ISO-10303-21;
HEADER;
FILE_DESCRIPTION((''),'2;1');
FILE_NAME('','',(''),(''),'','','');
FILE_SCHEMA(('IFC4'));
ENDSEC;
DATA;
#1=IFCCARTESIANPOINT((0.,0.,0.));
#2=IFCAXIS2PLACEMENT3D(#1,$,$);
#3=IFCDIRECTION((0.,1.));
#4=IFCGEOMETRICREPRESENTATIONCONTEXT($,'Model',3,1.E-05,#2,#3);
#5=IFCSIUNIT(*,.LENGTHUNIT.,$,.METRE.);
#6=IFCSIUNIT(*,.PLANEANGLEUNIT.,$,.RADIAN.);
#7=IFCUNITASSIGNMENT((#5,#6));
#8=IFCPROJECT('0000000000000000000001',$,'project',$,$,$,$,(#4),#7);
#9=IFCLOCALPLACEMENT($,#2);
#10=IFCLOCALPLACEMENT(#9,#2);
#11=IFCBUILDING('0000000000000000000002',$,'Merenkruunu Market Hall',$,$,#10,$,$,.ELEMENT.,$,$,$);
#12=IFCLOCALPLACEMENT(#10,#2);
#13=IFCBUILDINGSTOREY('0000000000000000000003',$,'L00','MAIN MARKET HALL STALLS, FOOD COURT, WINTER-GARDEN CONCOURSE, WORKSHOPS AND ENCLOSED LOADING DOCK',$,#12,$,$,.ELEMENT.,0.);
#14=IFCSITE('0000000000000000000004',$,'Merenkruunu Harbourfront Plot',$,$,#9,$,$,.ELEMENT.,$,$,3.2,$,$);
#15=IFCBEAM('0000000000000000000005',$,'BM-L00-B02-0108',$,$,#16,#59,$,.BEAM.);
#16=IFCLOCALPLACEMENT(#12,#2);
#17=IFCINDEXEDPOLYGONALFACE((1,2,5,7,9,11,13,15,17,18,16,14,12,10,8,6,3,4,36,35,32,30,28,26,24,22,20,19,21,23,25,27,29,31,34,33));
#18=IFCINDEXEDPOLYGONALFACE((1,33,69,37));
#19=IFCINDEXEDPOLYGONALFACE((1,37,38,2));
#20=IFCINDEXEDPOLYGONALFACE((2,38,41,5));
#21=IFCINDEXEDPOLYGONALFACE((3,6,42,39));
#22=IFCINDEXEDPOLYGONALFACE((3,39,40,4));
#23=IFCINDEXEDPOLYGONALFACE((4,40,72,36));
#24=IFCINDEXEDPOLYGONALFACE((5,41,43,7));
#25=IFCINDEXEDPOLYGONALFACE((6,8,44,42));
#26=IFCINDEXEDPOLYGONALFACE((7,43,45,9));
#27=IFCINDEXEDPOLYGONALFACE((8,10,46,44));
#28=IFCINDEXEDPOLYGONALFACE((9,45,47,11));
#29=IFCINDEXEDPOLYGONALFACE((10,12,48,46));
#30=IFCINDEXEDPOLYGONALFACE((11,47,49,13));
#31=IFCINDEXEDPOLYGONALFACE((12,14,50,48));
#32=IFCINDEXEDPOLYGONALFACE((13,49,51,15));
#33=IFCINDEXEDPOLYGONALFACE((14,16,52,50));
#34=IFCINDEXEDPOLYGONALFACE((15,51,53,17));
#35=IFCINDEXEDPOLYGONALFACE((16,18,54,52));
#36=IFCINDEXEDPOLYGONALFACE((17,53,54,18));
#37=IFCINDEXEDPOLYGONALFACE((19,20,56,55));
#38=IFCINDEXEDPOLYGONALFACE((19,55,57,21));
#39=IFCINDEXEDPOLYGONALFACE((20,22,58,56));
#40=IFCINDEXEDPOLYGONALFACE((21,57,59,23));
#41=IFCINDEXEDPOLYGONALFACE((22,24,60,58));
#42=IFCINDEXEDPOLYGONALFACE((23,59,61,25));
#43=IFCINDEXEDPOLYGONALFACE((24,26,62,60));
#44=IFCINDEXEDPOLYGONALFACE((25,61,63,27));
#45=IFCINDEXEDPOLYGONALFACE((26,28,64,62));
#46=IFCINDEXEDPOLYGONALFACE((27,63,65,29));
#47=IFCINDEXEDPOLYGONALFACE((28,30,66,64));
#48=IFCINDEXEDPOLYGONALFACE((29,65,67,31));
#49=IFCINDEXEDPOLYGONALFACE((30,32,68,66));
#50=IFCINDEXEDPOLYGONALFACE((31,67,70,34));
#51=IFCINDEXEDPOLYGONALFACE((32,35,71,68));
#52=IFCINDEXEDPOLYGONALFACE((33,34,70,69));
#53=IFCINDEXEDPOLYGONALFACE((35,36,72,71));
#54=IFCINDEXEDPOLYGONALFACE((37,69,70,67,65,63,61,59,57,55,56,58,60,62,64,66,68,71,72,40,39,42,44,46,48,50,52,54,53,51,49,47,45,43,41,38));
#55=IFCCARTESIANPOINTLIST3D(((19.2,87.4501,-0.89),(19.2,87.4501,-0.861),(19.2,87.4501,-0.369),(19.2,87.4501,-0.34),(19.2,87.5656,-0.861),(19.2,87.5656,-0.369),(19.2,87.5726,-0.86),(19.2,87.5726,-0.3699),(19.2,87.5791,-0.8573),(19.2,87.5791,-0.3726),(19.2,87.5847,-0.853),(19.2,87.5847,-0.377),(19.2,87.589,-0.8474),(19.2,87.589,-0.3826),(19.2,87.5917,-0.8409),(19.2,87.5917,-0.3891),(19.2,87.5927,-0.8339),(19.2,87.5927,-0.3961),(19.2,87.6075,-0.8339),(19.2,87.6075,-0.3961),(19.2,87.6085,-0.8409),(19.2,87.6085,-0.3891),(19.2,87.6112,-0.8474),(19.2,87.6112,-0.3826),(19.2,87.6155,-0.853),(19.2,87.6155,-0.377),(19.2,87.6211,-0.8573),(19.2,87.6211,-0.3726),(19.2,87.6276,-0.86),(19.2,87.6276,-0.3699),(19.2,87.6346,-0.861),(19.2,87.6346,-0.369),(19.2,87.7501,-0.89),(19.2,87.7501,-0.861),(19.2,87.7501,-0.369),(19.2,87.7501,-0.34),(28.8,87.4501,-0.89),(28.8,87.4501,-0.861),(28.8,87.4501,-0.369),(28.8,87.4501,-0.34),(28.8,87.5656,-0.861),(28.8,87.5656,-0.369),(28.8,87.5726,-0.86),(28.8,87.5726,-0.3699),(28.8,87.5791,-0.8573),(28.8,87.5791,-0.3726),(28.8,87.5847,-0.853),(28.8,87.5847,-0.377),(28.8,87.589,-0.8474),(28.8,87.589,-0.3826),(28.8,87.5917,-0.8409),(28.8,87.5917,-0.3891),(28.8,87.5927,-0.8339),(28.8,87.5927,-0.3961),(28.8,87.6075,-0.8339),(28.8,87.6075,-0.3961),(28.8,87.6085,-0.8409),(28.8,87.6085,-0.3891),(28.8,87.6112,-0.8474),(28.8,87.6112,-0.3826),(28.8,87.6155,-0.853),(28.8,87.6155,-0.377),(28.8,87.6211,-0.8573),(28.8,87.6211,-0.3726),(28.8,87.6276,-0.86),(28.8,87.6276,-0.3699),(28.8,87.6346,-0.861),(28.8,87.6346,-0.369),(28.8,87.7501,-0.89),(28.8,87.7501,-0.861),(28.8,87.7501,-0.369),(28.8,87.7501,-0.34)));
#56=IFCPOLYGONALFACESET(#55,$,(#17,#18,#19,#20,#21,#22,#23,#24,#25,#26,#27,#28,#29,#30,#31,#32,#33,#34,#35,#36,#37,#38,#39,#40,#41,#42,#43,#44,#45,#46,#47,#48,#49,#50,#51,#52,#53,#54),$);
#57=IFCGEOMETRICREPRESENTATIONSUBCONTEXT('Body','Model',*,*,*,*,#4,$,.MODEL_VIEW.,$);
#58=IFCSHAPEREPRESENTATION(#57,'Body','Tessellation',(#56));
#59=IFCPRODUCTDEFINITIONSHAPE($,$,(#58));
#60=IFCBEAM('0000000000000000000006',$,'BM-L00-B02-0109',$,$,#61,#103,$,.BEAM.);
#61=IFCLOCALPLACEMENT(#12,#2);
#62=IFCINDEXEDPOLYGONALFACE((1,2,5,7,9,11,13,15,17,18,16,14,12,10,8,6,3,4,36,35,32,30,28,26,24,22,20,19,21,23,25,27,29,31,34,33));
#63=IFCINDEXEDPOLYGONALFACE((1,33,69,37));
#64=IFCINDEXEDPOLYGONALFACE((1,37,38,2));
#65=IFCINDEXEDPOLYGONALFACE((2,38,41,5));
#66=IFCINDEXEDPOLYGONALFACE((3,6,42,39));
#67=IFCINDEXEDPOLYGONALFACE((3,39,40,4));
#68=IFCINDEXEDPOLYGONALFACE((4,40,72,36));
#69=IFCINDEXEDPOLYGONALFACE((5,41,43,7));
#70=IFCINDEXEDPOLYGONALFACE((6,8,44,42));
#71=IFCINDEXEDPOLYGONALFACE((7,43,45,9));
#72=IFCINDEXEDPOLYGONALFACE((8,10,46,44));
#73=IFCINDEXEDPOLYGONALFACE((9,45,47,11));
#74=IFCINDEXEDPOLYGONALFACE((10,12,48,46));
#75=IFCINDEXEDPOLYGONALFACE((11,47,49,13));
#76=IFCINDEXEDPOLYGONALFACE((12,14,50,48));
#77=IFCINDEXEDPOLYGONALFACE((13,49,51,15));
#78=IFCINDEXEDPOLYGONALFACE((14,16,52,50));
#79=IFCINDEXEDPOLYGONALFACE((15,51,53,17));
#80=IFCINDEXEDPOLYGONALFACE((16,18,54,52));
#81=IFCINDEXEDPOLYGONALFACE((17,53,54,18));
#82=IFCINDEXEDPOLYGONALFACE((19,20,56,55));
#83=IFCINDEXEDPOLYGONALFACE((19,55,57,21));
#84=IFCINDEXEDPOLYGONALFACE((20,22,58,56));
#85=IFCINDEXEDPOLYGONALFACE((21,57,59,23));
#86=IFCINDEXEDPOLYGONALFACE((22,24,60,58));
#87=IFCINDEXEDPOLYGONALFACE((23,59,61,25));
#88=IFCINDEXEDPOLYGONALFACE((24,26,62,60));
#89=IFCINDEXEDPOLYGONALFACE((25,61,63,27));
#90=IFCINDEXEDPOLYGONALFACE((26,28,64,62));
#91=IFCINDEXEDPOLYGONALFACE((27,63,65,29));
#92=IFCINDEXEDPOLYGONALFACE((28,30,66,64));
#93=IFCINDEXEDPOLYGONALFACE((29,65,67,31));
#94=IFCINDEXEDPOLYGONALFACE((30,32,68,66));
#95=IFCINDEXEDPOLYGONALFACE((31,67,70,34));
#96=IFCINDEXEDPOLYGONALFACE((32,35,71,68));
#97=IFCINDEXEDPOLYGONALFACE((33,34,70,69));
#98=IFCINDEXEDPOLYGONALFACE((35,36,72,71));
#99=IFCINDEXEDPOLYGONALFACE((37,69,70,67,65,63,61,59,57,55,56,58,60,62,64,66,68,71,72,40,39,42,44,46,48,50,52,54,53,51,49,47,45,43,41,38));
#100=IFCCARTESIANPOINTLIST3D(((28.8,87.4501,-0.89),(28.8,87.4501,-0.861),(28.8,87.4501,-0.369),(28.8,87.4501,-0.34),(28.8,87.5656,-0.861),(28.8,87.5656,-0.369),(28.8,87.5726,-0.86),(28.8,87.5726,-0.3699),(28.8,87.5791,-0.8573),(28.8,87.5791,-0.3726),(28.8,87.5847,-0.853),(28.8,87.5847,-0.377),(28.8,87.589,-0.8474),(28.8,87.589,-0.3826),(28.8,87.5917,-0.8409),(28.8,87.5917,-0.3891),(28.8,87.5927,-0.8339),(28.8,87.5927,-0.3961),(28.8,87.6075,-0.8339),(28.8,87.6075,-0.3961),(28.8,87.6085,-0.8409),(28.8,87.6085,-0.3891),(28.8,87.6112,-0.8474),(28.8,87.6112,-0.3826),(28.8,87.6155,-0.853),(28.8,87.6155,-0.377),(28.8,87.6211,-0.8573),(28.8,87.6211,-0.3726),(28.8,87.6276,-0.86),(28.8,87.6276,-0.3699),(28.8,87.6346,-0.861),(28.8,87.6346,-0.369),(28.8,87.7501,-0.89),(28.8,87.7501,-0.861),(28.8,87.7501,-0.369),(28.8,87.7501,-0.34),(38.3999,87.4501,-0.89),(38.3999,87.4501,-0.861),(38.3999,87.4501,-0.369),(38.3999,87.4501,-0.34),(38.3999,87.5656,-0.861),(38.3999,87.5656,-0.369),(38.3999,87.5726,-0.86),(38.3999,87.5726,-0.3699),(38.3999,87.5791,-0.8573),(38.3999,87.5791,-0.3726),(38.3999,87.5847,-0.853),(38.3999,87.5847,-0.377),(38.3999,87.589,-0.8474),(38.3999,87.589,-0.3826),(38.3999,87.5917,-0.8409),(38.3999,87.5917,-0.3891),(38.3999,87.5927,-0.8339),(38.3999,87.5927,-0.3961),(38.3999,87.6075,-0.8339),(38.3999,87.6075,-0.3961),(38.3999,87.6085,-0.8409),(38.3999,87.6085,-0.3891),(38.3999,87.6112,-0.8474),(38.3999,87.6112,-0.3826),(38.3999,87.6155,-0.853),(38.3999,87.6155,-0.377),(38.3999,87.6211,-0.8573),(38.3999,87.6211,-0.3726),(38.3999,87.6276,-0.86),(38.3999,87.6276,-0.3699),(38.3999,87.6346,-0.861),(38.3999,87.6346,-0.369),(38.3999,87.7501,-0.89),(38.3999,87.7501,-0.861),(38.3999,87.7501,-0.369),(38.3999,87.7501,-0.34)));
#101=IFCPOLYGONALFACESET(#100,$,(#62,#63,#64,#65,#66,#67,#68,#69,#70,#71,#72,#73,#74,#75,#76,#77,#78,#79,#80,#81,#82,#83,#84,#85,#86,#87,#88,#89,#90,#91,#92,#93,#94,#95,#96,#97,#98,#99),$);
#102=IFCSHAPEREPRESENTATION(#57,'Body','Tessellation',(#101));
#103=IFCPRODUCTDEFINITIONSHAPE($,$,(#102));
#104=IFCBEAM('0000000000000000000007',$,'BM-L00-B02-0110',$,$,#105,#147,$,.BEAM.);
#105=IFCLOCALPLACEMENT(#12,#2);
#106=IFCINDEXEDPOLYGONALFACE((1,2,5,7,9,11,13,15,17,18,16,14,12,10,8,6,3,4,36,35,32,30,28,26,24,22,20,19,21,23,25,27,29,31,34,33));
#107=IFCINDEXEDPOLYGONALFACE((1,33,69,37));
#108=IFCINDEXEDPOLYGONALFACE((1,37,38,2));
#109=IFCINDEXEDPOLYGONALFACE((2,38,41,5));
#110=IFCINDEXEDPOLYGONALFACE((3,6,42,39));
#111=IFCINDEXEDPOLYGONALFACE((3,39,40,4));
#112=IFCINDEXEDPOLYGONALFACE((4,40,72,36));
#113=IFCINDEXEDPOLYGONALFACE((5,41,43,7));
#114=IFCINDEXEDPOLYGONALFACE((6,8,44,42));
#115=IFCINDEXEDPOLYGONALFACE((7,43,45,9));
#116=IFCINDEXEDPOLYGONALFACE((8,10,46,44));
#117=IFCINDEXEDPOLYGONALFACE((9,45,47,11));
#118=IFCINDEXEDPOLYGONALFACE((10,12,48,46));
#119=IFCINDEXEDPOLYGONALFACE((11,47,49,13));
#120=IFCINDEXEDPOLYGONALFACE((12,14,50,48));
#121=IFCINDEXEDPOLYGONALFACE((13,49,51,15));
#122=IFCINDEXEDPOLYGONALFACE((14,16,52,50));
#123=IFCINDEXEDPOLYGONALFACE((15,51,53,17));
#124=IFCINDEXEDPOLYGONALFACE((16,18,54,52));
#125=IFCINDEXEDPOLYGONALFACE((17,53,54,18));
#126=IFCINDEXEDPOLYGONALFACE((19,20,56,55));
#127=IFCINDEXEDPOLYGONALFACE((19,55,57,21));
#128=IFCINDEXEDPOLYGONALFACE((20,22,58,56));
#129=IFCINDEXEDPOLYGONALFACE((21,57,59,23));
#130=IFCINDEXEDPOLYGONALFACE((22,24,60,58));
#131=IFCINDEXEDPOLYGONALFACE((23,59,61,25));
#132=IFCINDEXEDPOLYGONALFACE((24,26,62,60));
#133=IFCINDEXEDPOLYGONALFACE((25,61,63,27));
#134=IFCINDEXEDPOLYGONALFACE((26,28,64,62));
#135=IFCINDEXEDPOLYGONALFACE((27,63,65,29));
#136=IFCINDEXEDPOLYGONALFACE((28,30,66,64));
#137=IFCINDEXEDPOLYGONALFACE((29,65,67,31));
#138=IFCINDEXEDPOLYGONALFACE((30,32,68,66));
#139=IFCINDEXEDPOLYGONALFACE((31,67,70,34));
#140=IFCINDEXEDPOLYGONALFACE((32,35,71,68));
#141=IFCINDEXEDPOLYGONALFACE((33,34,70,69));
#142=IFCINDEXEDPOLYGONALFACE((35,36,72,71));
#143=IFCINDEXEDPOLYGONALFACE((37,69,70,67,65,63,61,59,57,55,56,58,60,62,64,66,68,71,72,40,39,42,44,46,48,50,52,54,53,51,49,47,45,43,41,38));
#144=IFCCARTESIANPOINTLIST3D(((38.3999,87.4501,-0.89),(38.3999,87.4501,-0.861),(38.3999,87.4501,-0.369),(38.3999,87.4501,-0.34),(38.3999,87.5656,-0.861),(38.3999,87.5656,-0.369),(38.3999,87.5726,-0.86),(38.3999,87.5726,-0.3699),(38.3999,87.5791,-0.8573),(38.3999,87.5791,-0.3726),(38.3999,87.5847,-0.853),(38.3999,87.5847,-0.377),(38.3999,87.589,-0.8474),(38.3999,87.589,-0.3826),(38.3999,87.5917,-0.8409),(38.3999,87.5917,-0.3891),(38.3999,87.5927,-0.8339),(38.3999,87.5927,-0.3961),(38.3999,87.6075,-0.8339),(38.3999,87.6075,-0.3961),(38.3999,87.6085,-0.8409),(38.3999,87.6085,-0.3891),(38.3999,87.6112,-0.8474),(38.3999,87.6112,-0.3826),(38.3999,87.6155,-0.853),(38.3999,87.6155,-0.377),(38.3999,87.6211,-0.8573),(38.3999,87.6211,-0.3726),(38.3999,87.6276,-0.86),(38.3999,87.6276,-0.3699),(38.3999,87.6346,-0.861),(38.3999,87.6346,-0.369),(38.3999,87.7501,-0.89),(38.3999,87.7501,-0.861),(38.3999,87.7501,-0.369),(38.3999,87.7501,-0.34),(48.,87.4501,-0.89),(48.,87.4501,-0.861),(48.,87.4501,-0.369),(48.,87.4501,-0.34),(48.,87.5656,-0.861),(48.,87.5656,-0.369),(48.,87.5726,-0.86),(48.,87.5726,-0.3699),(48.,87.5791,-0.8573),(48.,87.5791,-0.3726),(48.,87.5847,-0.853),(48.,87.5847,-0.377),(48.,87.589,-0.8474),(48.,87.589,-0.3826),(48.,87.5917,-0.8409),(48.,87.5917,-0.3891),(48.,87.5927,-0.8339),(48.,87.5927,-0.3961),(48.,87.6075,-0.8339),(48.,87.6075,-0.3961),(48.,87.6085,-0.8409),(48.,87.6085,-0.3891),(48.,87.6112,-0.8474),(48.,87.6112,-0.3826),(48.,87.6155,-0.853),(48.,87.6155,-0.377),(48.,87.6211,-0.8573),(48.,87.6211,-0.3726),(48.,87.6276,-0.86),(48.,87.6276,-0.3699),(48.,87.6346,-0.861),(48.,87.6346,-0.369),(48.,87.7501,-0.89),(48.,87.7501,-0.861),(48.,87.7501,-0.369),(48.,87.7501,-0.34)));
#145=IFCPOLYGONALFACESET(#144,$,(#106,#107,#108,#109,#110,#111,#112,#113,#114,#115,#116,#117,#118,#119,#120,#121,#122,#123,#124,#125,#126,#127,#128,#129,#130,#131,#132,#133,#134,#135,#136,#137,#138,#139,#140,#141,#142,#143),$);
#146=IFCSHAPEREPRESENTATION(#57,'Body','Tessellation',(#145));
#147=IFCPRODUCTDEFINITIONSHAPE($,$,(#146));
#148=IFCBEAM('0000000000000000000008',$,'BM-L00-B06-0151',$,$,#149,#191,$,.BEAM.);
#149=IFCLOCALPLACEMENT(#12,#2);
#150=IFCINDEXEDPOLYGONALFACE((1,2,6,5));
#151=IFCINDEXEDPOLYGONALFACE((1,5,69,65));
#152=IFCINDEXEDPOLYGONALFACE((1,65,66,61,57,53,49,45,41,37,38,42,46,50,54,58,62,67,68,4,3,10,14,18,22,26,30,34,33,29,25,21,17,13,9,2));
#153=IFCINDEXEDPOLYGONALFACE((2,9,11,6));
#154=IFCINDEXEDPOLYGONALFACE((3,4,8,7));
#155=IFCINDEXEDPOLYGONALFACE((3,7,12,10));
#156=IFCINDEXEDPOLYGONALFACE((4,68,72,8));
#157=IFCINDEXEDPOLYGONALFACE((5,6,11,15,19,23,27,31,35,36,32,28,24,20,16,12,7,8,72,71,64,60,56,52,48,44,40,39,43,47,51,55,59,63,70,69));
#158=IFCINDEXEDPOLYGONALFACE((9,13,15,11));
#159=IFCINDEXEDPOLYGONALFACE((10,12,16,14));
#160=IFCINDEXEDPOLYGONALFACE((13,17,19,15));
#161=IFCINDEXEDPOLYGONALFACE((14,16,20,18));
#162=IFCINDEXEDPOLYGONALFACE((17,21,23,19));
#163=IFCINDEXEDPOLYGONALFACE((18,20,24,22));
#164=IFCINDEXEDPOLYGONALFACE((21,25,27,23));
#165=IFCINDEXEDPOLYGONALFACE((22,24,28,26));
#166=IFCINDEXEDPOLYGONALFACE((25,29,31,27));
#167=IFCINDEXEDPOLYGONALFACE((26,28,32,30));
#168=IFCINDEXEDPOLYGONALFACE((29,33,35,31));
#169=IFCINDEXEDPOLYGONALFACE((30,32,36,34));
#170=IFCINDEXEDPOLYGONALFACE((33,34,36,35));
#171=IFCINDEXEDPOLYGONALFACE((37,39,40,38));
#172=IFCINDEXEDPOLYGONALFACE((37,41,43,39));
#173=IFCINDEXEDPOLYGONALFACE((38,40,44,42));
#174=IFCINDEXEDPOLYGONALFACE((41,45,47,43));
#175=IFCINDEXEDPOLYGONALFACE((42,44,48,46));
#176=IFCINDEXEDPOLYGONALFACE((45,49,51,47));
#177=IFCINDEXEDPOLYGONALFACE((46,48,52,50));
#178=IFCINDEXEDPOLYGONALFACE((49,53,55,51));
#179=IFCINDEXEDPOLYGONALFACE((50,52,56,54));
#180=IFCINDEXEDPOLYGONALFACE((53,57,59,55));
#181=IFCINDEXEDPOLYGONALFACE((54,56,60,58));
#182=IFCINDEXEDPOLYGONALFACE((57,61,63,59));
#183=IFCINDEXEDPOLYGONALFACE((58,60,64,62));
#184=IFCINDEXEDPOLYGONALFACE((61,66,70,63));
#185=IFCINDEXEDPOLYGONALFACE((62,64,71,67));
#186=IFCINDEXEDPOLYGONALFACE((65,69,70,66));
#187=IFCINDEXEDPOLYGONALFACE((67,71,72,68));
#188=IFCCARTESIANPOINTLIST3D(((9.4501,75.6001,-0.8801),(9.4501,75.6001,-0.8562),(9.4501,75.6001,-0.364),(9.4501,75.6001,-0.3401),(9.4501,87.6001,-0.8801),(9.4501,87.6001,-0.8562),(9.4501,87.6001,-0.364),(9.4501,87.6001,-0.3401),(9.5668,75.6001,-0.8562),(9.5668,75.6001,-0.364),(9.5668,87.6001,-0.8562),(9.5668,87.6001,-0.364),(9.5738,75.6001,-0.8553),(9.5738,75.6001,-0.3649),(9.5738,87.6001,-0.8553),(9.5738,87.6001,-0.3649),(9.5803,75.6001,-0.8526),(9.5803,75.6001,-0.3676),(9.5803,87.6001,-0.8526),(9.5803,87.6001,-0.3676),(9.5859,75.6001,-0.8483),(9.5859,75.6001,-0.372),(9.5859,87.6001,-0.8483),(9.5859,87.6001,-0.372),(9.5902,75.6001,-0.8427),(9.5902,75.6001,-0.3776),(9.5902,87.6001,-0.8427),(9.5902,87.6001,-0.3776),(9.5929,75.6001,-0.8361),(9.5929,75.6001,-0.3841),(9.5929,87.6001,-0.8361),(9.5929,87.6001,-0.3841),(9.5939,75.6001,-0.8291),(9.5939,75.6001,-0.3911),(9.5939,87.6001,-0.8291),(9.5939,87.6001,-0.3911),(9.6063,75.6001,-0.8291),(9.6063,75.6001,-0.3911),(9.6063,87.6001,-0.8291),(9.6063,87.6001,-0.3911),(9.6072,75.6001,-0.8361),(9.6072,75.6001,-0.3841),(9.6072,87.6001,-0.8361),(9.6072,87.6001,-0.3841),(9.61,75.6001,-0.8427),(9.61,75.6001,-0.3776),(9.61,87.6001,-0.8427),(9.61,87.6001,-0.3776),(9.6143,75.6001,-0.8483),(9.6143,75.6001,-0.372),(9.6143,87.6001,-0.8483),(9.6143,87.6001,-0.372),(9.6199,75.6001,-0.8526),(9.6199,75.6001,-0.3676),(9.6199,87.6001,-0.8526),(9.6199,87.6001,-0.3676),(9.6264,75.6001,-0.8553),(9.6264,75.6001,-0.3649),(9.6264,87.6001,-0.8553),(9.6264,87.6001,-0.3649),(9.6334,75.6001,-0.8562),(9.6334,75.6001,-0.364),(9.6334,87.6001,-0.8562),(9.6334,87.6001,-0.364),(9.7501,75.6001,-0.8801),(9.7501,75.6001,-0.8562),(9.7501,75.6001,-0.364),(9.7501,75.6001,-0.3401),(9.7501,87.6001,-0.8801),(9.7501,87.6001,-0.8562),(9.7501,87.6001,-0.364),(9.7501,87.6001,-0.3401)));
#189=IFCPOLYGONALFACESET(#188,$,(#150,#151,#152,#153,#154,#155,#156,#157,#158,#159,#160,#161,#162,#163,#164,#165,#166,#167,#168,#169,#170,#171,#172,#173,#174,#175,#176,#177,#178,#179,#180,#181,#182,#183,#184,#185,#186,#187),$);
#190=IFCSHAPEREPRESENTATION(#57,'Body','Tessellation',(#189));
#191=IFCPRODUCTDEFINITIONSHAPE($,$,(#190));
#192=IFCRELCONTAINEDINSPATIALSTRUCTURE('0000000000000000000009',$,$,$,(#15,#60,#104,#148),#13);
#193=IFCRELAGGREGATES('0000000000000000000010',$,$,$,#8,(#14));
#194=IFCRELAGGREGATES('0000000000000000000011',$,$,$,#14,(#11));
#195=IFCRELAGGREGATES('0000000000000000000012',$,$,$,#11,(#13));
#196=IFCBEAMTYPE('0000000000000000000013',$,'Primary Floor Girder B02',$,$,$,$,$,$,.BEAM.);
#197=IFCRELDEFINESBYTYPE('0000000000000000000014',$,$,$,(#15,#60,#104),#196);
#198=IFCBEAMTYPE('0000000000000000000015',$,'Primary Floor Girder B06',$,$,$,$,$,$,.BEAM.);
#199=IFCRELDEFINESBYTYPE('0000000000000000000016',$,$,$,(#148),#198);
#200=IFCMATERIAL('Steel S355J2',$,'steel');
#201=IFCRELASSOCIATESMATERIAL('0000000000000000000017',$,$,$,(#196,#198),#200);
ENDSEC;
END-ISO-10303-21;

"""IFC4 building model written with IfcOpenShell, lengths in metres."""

from ifc_helpers import new_model, si_unit, direction, frame, origin, origin_2d, place, context, subcontext, project, spatial, i_section, extrude, material, material_profile, profile_set, type_object, element, save


model = new_model("IFC4")

# Units and contexts
model_context = context("Model", 3, precision=1e-05, world=origin(), true_north=direction((0.0, 1.0)))
body_context = subcontext(model_context, "Body", "Model", "MODEL_VIEW")
ifc_project = project(units=[si_unit("LENGTHUNIT", "METRE"), si_unit("PLANEANGLEUNIT", "RADIAN")], contexts=[model_context])

# Site, building, storey
site_placement = place(None, origin())
site = spatial("IfcSite", under=ifc_project, at=site_placement, Name="Merenkruunu Harbourfront Plot", CompositionType="ELEMENT", RefElevation=3.2)
building_placement = place(site_placement, origin())
building = spatial("IfcBuilding", under=site, at=building_placement, Name="Merenkruunu Market Hall", CompositionType="ELEMENT")
storey_placement = place(building_placement, origin())
storey = spatial("IfcBuildingStorey", under=building, at=storey_placement, Name="L00", Description="MAIN MARKET HALL STALLS, FOOD COURT, WINTER-GARDEN CONCOURSE, WORKSHOPS AND ENCLOSED LOADING DOCK", CompositionType="ELEMENT", Elevation=0.0)

# Shared definitions
ifc_material_1 = material(Name="Steel S355J2", Category="steel")

# Beams
ifc_material_profile_1 = material_profile(ifc_material_1, i_section(OverallWidth=0.3, OverallDepth=0.55, WebThickness=0.0149, FlangeThickness=0.0291, FilletRadius=0.0271, at=origin_2d()), Name="HEB 550")
ifc_profile_set_1 = profile_set([ifc_material_profile_1], Name="Steel S355J2")
beam_type_1 = type_object("IfcBeamType", Name="Primary Floor Girder B02", PredefinedType="BEAM", material=ifc_profile_set_1)
beam_1_placement = place(storey_placement, frame((19.2, 87.6001, -0.615), z_axis=(1.0, 0.0, 0.0), x_axis=(0.0, 1.0, 0.0)))
element("IfcBeam", 1, at=beam_1_placement, inside=storey, type_object=beam_type_1, Name="BM-L00-B02-0108", PredefinedType="BEAM", context=body_context, shape_type="SweptSolid", body=[
    extrude(i_section(OverallWidth=0.3, OverallDepth=0.55, WebThickness=0.0149, FlangeThickness=0.0291, FilletRadius=0.0271, at=origin_2d()), origin(), (0.0, 0.0, 1.0), 9.6001),
])
beam_2_placement = place(storey_placement, frame((28.8, 87.6001, -0.615), z_axis=(1.0, 0.0, 0.0), x_axis=(0.0, 1.0, 0.0)))
element("IfcBeam", 2, at=beam_2_placement, inside=storey, type_object=beam_type_1, Name="BM-L00-B02-0109", PredefinedType="BEAM", context=body_context, shape_type="SweptSolid", body=[
    extrude(i_section(OverallWidth=0.3, OverallDepth=0.55, WebThickness=0.0149, FlangeThickness=0.0291, FilletRadius=0.0271, at=origin_2d()), origin(), (0.0, 0.0, 1.0), 9.5999),
])
beam_3_placement = place(storey_placement, frame((38.3999, 87.6001, -0.615), z_axis=(1.0, 0.0, 0.0), x_axis=(0.0, 1.0, 0.0)))
element("IfcBeam", 3, at=beam_3_placement, inside=storey, type_object=beam_type_1, Name="BM-L00-B02-0110", PredefinedType="BEAM", context=body_context, shape_type="SweptSolid", body=[
    extrude(i_section(OverallWidth=0.3, OverallDepth=0.55, WebThickness=0.0149, FlangeThickness=0.0291, FilletRadius=0.0271, at=origin_2d()), origin(), (0.0, 0.0, 1.0), 9.6001),
])
ifc_material_profile_2 = material_profile(ifc_material_1, i_section(OverallWidth=0.3, OverallDepth=0.54, WebThickness=0.0125, FlangeThickness=0.0239, FilletRadius=0.0271, at=origin_2d()), Name="HEA 550")
ifc_profile_set_2 = profile_set([ifc_material_profile_2], Name="Steel S355J2")
beam_type_2 = type_object("IfcBeamType", Name="Primary Floor Girder B06", PredefinedType="BEAM", material=ifc_profile_set_2)
for number, where, z_axis, x_axis, name in (
    (4, (9.6001, 75.6001, -0.6101), (0.0, 1.0, 0.0), (-1.0, 0.0, 0.0), "BM-L00-B06-0151"),
):
    element("IfcBeam", number, at=place(storey_placement, frame(where, z_axis=z_axis, x_axis=x_axis)), inside=storey, type_object=beam_type_2, Name=name, PredefinedType="BEAM", context=body_context, shape_type="SweptSolid", body=[
        extrude(i_section(OverallWidth=0.3, OverallDepth=0.54, WebThickness=0.0125, FlangeThickness=0.0239, FilletRadius=0.0271, at=origin_2d()), origin(), (0.0, 0.0, 1.0), 12.0),
    ])

save(model, "model.ifc")
